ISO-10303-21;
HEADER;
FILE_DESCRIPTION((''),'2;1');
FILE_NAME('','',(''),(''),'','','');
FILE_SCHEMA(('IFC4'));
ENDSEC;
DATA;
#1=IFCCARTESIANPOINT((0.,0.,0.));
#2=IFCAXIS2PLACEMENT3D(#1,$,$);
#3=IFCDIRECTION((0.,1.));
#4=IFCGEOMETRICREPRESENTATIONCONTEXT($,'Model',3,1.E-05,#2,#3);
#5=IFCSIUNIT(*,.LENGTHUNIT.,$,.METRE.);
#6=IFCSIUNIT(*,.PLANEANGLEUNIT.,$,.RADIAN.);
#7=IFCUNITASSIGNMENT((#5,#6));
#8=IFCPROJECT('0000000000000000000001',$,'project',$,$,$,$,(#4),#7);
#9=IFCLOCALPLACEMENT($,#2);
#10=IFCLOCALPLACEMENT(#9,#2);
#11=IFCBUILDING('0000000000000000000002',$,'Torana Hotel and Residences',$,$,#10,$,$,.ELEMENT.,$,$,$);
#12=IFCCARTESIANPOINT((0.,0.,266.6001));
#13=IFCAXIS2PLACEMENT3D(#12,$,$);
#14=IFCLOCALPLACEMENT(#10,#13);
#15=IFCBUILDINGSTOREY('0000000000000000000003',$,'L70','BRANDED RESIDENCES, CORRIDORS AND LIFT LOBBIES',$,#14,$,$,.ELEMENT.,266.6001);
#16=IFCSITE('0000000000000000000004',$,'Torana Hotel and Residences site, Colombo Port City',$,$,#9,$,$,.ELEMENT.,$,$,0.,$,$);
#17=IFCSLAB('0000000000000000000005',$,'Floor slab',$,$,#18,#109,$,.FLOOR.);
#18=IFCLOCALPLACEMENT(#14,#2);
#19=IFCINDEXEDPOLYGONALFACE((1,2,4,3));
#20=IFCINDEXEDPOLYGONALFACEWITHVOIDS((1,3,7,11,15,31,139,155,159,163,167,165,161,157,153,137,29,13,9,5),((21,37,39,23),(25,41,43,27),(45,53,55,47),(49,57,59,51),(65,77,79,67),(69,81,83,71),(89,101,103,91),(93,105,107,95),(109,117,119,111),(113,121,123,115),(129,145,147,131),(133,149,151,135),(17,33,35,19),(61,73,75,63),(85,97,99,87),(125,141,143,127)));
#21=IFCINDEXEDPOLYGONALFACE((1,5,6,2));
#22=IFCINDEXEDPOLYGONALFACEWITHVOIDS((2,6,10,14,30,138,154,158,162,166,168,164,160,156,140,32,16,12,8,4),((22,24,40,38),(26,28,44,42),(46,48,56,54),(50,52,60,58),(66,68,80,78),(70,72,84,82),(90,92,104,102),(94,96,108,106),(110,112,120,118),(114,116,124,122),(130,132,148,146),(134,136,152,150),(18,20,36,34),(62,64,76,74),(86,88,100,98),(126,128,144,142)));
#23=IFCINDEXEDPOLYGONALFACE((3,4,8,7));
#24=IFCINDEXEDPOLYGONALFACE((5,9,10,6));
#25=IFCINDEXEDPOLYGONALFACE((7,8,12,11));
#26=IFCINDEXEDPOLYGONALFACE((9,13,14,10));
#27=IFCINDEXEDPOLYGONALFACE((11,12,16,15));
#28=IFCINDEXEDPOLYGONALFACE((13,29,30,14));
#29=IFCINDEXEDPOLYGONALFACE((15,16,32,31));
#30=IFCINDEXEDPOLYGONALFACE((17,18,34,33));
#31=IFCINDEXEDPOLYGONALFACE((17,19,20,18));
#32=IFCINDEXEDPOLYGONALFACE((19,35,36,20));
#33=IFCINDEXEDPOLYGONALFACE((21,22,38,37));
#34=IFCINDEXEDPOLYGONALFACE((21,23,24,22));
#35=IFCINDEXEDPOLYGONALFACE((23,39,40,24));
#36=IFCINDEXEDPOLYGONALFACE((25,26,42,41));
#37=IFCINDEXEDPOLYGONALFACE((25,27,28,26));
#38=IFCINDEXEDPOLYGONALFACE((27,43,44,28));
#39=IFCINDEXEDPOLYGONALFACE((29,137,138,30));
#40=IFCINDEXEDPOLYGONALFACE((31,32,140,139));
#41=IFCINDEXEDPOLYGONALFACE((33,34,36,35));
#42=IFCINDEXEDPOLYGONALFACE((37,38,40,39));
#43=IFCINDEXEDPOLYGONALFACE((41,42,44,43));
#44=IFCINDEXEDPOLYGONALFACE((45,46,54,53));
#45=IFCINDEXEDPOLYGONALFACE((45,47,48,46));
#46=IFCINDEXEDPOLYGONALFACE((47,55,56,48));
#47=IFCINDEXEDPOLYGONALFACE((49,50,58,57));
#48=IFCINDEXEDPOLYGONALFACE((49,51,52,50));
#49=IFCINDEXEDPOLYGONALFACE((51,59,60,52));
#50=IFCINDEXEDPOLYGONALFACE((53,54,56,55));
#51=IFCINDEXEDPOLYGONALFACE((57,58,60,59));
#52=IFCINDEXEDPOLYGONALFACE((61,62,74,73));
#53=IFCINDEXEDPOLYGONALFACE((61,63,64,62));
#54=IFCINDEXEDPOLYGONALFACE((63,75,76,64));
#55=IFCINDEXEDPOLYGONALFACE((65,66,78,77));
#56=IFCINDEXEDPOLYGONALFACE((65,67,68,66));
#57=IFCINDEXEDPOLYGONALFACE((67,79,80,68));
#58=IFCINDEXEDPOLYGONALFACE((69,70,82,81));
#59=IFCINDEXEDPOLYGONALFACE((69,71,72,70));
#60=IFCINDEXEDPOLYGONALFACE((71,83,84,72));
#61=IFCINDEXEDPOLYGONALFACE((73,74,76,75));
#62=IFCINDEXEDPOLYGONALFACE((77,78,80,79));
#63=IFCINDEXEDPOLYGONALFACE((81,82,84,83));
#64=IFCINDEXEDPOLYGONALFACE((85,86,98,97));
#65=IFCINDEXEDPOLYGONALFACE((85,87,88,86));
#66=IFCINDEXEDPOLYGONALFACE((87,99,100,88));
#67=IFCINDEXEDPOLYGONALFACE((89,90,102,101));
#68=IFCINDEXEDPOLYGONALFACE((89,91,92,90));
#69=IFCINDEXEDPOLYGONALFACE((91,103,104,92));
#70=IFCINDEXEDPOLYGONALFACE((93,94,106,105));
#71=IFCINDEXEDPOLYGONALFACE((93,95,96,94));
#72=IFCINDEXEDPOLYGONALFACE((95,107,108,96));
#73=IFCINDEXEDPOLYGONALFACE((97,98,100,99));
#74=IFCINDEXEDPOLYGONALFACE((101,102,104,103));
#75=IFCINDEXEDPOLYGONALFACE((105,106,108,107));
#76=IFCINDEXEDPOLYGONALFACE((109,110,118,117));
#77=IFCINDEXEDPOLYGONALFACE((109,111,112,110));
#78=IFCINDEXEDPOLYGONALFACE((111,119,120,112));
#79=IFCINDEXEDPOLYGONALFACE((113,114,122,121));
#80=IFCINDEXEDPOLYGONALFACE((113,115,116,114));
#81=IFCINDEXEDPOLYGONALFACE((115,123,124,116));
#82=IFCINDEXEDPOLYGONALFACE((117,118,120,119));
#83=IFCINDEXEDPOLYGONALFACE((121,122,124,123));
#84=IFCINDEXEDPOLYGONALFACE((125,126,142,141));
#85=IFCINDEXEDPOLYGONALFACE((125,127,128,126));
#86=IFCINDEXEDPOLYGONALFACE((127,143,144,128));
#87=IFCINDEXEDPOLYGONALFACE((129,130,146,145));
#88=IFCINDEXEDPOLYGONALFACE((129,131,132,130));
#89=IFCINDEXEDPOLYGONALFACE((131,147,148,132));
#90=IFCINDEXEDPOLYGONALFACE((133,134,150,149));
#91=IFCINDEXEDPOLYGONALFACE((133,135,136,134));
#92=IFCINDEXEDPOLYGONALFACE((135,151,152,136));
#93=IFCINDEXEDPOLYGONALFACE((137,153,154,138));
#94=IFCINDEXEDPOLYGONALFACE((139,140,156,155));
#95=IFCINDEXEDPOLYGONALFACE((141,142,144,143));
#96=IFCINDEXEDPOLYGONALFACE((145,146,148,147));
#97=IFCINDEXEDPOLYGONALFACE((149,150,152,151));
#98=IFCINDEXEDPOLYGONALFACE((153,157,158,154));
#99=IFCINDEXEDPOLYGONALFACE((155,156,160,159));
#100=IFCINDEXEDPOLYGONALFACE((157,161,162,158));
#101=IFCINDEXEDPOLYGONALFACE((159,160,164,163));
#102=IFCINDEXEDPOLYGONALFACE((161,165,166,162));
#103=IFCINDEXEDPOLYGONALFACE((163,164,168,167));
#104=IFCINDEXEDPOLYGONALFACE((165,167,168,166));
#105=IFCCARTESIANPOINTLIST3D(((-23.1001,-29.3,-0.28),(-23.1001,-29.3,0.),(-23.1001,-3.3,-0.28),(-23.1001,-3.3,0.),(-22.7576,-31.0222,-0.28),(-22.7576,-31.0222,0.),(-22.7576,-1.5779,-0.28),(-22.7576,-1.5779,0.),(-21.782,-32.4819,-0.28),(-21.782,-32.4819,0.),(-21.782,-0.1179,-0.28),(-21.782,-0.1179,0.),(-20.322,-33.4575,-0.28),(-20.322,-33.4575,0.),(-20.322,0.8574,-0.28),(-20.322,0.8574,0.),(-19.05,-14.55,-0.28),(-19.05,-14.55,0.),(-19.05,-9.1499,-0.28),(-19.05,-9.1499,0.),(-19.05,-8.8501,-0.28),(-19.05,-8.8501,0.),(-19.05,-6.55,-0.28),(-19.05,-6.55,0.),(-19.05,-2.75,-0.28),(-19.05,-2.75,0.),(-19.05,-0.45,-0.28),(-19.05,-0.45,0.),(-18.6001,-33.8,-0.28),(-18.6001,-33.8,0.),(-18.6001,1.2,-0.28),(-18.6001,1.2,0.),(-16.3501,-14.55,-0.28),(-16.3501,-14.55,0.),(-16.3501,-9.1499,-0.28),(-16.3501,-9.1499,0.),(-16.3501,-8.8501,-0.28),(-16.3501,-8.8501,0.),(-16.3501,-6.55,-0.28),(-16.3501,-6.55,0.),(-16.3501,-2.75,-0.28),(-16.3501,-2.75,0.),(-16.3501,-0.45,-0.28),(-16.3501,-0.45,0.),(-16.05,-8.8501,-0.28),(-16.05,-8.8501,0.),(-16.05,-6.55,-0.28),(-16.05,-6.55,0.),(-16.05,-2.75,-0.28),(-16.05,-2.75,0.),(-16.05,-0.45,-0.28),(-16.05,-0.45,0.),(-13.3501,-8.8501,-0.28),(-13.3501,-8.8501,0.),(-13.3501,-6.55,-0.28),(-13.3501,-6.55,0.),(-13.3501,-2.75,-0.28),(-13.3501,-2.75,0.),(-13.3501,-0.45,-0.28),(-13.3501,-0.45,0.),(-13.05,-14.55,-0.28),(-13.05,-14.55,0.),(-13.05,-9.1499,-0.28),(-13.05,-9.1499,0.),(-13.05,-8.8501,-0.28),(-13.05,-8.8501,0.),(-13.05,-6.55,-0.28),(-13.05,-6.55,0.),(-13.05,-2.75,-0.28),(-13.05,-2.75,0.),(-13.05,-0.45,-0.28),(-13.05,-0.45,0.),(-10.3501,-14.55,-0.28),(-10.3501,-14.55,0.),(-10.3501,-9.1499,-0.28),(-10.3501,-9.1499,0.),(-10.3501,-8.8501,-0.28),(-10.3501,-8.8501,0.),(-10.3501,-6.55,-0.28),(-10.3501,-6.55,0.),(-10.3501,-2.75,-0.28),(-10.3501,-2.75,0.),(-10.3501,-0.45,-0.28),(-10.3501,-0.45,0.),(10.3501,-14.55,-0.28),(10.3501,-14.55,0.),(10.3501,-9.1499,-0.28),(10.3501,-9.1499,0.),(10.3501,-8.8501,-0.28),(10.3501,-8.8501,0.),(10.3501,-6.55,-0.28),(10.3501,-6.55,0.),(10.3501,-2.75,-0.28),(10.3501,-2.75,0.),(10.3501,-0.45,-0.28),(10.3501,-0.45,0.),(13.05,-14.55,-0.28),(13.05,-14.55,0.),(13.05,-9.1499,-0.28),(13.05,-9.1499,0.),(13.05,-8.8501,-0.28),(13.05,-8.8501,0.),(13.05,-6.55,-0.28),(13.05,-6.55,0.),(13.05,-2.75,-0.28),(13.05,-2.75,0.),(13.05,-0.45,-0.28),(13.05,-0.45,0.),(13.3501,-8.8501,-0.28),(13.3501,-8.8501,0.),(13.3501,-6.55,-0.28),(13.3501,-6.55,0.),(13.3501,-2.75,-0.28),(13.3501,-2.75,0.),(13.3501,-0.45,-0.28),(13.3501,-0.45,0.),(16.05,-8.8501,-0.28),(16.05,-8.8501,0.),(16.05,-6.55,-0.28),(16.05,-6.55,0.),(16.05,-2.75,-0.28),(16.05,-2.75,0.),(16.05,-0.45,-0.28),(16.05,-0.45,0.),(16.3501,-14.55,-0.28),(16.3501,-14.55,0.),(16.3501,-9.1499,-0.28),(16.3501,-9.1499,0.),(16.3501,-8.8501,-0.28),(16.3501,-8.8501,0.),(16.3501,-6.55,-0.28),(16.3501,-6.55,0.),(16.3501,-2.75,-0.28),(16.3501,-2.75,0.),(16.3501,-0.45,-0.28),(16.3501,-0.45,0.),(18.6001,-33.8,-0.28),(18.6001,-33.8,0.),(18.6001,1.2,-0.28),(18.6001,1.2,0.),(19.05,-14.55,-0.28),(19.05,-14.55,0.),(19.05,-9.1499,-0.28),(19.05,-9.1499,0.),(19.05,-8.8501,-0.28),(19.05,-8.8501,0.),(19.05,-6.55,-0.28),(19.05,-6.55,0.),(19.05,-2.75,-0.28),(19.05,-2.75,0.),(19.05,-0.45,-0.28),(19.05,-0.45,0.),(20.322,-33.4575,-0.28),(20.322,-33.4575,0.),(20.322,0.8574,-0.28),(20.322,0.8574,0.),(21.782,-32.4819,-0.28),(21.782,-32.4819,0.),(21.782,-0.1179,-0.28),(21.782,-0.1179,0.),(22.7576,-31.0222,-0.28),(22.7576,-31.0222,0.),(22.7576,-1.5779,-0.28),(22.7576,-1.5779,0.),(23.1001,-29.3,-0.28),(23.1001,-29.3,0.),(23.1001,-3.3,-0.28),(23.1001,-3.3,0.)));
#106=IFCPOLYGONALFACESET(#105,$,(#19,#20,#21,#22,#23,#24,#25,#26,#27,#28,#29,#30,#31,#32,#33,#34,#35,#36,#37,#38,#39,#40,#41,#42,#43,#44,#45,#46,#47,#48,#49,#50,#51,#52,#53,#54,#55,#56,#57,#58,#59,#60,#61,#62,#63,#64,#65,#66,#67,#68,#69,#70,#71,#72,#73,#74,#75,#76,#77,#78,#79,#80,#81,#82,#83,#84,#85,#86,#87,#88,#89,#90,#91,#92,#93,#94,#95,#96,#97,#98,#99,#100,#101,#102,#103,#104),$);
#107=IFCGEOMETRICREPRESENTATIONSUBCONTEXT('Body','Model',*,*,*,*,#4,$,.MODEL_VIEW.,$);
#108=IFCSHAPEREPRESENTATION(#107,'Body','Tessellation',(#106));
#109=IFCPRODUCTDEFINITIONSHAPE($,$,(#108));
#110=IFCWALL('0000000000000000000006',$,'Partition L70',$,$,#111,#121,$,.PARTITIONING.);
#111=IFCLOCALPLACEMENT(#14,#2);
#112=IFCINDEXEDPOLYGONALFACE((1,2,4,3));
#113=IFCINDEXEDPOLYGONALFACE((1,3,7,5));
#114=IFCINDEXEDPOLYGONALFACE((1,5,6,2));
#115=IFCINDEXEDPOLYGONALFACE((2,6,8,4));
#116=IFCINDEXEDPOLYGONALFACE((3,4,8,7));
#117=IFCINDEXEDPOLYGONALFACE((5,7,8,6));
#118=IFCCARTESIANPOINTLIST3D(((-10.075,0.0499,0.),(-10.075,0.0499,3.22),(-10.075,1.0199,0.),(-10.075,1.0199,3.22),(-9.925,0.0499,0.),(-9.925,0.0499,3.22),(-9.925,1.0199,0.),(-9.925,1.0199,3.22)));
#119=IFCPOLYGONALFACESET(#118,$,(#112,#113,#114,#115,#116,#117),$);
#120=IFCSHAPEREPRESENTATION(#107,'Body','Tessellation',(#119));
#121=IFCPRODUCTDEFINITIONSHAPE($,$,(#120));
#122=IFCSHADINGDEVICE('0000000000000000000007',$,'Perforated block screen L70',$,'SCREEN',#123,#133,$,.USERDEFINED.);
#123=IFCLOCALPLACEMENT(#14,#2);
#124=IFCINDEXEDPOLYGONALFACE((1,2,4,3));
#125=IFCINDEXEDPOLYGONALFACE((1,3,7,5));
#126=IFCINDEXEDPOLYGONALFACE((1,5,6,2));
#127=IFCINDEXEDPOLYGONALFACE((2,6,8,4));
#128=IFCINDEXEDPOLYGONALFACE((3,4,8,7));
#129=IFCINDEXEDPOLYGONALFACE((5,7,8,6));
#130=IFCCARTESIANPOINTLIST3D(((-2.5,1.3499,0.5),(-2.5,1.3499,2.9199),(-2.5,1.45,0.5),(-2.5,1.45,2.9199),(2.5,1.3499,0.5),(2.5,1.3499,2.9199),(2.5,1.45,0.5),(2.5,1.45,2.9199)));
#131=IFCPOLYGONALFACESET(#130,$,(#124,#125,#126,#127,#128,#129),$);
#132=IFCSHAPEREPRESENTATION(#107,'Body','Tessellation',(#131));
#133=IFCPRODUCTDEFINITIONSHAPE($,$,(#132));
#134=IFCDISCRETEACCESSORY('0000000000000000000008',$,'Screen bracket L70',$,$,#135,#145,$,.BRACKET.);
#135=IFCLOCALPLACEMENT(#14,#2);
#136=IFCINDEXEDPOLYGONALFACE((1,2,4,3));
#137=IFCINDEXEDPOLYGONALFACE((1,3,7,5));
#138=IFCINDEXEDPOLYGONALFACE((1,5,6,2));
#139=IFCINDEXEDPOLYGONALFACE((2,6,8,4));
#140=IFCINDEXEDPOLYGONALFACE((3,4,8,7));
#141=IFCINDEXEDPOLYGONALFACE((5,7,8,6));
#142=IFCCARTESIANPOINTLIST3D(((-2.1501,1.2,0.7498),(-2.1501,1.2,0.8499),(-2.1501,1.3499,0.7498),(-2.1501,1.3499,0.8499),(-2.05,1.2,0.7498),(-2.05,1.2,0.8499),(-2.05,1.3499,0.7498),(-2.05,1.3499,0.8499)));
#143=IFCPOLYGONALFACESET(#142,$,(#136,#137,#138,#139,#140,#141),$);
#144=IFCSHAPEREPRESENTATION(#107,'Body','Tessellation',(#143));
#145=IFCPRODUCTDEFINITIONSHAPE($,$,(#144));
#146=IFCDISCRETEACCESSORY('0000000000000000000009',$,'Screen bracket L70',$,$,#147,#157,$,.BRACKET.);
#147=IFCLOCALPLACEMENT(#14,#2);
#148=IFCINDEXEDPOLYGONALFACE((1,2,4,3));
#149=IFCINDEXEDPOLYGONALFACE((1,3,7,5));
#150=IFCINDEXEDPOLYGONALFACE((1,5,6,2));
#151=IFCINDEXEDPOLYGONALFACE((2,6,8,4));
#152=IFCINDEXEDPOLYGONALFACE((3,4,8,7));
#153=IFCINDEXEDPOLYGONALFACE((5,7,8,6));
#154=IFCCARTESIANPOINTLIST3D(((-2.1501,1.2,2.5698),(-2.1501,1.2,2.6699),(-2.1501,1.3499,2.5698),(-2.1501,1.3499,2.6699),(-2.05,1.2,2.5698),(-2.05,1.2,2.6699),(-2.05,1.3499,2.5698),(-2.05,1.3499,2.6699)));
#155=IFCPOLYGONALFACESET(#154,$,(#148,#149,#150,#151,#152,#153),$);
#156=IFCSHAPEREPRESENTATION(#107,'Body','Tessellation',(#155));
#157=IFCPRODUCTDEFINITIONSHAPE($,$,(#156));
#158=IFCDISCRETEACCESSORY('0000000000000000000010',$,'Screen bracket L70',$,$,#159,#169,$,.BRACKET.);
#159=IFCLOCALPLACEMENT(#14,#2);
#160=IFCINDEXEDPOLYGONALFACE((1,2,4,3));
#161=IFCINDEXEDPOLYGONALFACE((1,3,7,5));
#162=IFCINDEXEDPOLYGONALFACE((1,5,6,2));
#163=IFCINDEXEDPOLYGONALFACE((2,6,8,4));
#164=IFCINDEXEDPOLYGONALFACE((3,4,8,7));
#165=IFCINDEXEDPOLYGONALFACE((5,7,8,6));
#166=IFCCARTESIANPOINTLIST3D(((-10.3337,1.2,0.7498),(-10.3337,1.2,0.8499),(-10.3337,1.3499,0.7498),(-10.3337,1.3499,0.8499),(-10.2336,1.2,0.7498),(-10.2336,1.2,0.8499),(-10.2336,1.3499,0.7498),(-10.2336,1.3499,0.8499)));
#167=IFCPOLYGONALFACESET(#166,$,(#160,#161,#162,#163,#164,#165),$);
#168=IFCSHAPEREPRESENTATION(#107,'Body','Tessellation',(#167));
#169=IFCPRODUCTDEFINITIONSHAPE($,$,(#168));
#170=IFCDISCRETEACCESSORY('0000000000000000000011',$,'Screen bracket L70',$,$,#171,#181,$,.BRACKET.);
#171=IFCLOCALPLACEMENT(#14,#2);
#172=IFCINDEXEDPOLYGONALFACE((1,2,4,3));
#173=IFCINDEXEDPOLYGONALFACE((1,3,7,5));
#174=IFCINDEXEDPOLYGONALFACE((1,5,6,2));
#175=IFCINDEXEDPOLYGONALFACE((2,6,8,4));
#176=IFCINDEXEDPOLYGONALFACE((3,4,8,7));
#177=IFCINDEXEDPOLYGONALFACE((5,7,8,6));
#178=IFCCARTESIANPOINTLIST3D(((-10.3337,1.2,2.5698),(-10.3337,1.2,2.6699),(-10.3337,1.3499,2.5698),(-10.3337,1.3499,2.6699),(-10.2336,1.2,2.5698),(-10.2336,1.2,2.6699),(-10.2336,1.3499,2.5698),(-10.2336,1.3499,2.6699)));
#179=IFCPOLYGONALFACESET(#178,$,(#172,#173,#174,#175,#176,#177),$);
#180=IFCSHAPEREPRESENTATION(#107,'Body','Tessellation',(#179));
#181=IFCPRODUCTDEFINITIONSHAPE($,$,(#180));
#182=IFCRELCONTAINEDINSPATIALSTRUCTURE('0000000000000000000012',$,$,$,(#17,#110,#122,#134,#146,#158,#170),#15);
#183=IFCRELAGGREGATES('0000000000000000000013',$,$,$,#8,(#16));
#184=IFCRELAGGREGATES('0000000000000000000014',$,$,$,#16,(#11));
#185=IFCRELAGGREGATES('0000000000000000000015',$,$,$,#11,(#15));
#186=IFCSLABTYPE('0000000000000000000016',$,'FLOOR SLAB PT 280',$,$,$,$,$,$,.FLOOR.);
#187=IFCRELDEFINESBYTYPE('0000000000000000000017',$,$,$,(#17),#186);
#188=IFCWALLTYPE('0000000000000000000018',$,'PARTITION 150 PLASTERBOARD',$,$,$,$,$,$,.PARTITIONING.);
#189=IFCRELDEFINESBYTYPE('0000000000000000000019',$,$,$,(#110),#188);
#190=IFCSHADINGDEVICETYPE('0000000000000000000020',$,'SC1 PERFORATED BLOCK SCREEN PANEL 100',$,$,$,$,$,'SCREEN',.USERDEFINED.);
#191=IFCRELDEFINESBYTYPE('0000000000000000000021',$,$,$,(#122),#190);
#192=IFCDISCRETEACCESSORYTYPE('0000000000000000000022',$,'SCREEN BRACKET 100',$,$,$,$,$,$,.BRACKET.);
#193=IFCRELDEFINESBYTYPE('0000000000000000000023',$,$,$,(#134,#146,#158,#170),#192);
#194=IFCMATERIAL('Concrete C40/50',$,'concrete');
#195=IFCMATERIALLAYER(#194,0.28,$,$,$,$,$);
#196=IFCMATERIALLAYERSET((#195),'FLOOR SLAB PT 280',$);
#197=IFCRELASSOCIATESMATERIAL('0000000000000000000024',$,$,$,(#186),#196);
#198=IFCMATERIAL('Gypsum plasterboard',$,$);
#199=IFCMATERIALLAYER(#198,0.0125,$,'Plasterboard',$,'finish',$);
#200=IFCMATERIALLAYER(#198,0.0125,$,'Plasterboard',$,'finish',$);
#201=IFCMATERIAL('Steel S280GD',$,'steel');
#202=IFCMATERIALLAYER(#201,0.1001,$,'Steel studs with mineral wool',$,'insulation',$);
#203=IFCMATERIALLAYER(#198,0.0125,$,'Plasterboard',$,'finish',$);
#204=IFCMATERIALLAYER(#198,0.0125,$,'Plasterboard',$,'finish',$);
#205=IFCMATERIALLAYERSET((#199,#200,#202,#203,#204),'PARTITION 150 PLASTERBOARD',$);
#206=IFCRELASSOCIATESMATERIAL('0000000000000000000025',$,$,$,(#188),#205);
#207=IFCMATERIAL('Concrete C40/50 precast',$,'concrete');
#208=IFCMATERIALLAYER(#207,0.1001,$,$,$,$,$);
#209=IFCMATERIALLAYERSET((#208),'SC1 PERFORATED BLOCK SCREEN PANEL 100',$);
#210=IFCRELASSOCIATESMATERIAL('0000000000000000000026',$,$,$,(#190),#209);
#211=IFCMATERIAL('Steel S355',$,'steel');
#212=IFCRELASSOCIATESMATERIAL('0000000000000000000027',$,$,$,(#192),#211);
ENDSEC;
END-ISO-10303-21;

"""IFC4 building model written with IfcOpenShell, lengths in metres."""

from ifc_helpers import new_model, si_unit, direction, frame, frame_2d, origin, origin_2d, place, context, subcontext, project, spatial, polyline, rectangle, outline, extrude, material, layer, layer_set, type_object, element, save


model = new_model("IFC4")

# Units and contexts
model_context = context("Model", 3, precision=1e-05, world=origin(), true_north=direction((0.0, 1.0)))
body_context = subcontext(model_context, "Body", "Model", "MODEL_VIEW")
ifc_project = project(units=[si_unit("LENGTHUNIT", "METRE"), si_unit("PLANEANGLEUNIT", "RADIAN")], contexts=[model_context])

# Site, building, storey
site_placement = place(None, origin())
site = spatial("IfcSite", under=ifc_project, at=site_placement, Name="Torana Hotel and Residences site, Colombo Port City", CompositionType="ELEMENT", RefElevation=0.0)
building_placement = place(site_placement, origin())
building = spatial("IfcBuilding", under=site, at=building_placement, Name="Torana Hotel and Residences", CompositionType="ELEMENT")
storey_placement = place(building_placement, frame((0.0, 0.0, 266.6001)))
storey = spatial("IfcBuildingStorey", under=building, at=storey_placement, Name="L70", Description="BRANDED RESIDENCES, CORRIDORS AND LIFT LOBBIES", CompositionType="ELEMENT", Elevation=266.6001)

# Slab
ifc_material_1 = material(Name="Concrete C40/50", Category="concrete")
ifc_layer_1 = layer(ifc_material_1, 0.28)
ifc_layer_set_1 = layer_set([ifc_layer_1], Name="FLOOR SLAB PT 280")
slab_type_1 = type_object("IfcSlabType", Name="FLOOR SLAB PT 280", PredefinedType="FLOOR", material=ifc_layer_set_1)
slab_1_placement = place(storey_placement, frame((0.0, 0.0, -0.28)))
element("IfcSlab", 1, at=slab_1_placement, inside=storey, type_object=slab_type_1, Name="Floor slab", PredefinedType="FLOOR", context=body_context, shape_type="SweptSolid", body=[
    extrude(outline(polyline([(23.1001, -3.3), (22.7576, -1.5779), (21.782, -0.1179), (20.322, 0.8574), (18.6001, 1.2), (-18.6001, 1.2), (-20.322, 0.8574), (-21.782, -0.1179), (-22.7576, -1.5779), (-23.1001, -3.3), (-23.1001, -29.3), (-22.7576, -31.0222), (-21.782, -32.4819), (-20.322, -33.4575), (-18.6001, -33.8), (18.6001, -33.8), (20.322, -33.4575), (21.782, -32.4819), (22.7576, -31.0222), (23.1001, -29.3), (23.1001, -3.3)]), holes=[polyline([(-13.05, -14.55), (-10.3501, -14.55), (-10.3501, -9.1499), (-13.05, -9.1499), (-13.05, -14.55)]), polyline([(-19.05, -14.55), (-16.3501, -14.55), (-16.3501, -9.1499), (-19.05, -9.1499), (-19.05, -14.55)]), polyline([(-19.05, -2.75), (-16.3501, -2.75), (-16.3501, -0.45), (-19.05, -0.45), (-19.05, -2.75)]), polyline([(-13.05, -2.75), (-10.3501, -2.75), (-10.3501, -0.45), (-13.05, -0.45), (-13.05, -2.75)]), polyline([(-16.05, -2.75), (-13.3501, -2.75), (-13.3501, -0.45), (-16.05, -0.45), (-16.05, -2.75)]), polyline([(-13.05, -8.8501), (-10.3501, -8.8501), (-10.3501, -6.55), (-13.05, -6.55), (-13.05, -8.8501)]), polyline([(-16.05, -8.8501), (-13.3501, -8.8501), (-13.3501, -6.55), (-16.05, -6.55), (-16.05, -8.8501)]), polyline([(-19.05, -8.8501), (-16.3501, -8.8501), (-16.3501, -6.55), (-19.05, -6.55), (-19.05, -8.8501)]), polyline([(10.3501, -14.55), (13.05, -14.55), (13.05, -9.1499), (10.3501, -9.1499), (10.3501, -14.55)]), polyline([(16.3501, -14.55), (19.05, -14.55), (19.05, -9.1499), (16.3501, -9.1499), (16.3501, -14.55)]), polyline([(16.3501, -2.75), (19.05, -2.75), (19.05, -0.45), (16.3501, -0.45), (16.3501, -2.75)]), polyline([(10.3501, -2.75), (13.05, -2.75), (13.05, -0.45), (10.3501, -0.45), (10.3501, -2.75)]), polyline([(13.3501, -2.75), (16.05, -2.75), (16.05, -0.45), (13.3501, -0.45), (13.3501, -2.75)]), polyline([(10.3501, -8.8501), (13.05, -8.8501), (13.05, -6.55), (10.3501, -6.55), (10.3501, -8.8501)]), polyline([(13.3501, -8.8501), (16.05, -8.8501), (16.05, -6.55), (13.3501, -6.55), (13.3501, -8.8501)]), polyline([(16.3501, -8.8501), (19.05, -8.8501), (19.05, -6.55), (16.3501, -6.55), (16.3501, -8.8501)])]), origin(), (0.0, 0.0, 1.0), 0.28),
])

# Wall
ifc_material_2 = material(Name="Gypsum plasterboard")
ifc_layer_2 = layer(ifc_material_2, 0.0125, Name="Plasterboard", Category="finish")
ifc_layer_3 = layer(ifc_material_2, 0.0125, Name="Plasterboard", Category="finish")
ifc_material_3 = material(Name="Steel S280GD", Category="steel")
ifc_layer_4 = layer(ifc_material_3, 0.1001, Name="Steel studs with mineral wool", Category="insulation")
ifc_layer_5 = layer(ifc_material_2, 0.0125, Name="Plasterboard", Category="finish")
ifc_layer_6 = layer(ifc_material_2, 0.0125, Name="Plasterboard", Category="finish")
ifc_layer_set_2 = layer_set([ifc_layer_2, ifc_layer_3, ifc_layer_4, ifc_layer_5, ifc_layer_6], Name="PARTITION 150 PLASTERBOARD")
wall_type = type_object("IfcWallType", Name="PARTITION 150 PLASTERBOARD", PredefinedType="PARTITIONING", material=ifc_layer_set_2)
wall_placement = place(storey_placement, frame((-10.0, 0.05, 0.0), z_axis=(0.0, 0.0, 1.0), x_axis=(0.0, 1.0, 0.0)))
element("IfcWall", 2, at=wall_placement, inside=storey, type_object=wall_type, Name="Partition L70", PredefinedType="PARTITIONING", context=body_context, shape_type="SweptSolid", body=[
    extrude(rectangle(XDim=0.97, YDim=0.1499, at=frame_2d((0.4849, 0.0))), origin(), (0.0, 0.0, 1.0), 3.22),
])

# Shading device
ifc_material_4 = material(Name="Concrete C40/50 precast", Category="concrete")
ifc_layer_7 = layer(ifc_material_4, 0.1001)
ifc_layer_set_3 = layer_set([ifc_layer_7], Name="SC1 PERFORATED BLOCK SCREEN PANEL 100")
shading_device_type = type_object("IfcShadingDeviceType", Name="SC1 PERFORATED BLOCK SCREEN PANEL 100", ElementType="SCREEN", PredefinedType="USERDEFINED", material=ifc_layer_set_3)
shading_device_placement = place(storey_placement, frame((0.0, 1.3999, 0.5), z_axis=(0.0, 0.0, 1.0), x_axis=(-1.0, 0.0, 0.0)))
element("IfcShadingDevice", 3, at=shading_device_placement, inside=storey, type_object=shading_device_type, Name="Perforated block screen L70", ObjectType="SCREEN", PredefinedType="USERDEFINED", context=body_context, shape_type="SweptSolid", body=[
    extrude(rectangle(XDim=5.0, YDim=0.1001, at=origin_2d()), origin(), (0.0, 0.0, 1.0), 2.4199),
])

# Discrete accessories
ifc_material_5 = material(Name="Steel S355", Category="steel")
discrete_accessory_type = type_object("IfcDiscreteAccessoryType", Name="SCREEN BRACKET 100", PredefinedType="BRACKET", material=ifc_material_5)
for number, where, z_axis, x_axis, name in (
    (4, (-2.1001, 1.2749, 0.7498), (0.0, 0.0, 1.0), (-1.0, 0.0, 0.0), "Screen bracket L70"),
    (5, (-2.1001, 1.2749, 2.5698), (0.0, 0.0, 1.0), (-1.0, 0.0, 0.0), "Screen bracket L70"),
    (6, (-10.2837, 1.2749, 0.7498), (0.0, 0.0, 1.0), (-1.0, 0.0, 0.0), "Screen bracket L70"),
    (7, (-10.2837, 1.2749, 2.5698), (0.0, 0.0, 1.0), (-1.0, 0.0, 0.0), "Screen bracket L70"),
):
    element("IfcDiscreteAccessory", number, at=place(storey_placement, frame(where, z_axis=z_axis, x_axis=x_axis)), inside=storey, type_object=discrete_accessory_type, Name=name, PredefinedType="BRACKET", context=body_context, shape_type="SweptSolid", body=[
        extrude(rectangle(XDim=0.1001, YDim=0.1499, at=origin_2d()), origin(), (0.0, 0.0, 1.0), 0.1001),
    ])

save(model, "model.ifc")
